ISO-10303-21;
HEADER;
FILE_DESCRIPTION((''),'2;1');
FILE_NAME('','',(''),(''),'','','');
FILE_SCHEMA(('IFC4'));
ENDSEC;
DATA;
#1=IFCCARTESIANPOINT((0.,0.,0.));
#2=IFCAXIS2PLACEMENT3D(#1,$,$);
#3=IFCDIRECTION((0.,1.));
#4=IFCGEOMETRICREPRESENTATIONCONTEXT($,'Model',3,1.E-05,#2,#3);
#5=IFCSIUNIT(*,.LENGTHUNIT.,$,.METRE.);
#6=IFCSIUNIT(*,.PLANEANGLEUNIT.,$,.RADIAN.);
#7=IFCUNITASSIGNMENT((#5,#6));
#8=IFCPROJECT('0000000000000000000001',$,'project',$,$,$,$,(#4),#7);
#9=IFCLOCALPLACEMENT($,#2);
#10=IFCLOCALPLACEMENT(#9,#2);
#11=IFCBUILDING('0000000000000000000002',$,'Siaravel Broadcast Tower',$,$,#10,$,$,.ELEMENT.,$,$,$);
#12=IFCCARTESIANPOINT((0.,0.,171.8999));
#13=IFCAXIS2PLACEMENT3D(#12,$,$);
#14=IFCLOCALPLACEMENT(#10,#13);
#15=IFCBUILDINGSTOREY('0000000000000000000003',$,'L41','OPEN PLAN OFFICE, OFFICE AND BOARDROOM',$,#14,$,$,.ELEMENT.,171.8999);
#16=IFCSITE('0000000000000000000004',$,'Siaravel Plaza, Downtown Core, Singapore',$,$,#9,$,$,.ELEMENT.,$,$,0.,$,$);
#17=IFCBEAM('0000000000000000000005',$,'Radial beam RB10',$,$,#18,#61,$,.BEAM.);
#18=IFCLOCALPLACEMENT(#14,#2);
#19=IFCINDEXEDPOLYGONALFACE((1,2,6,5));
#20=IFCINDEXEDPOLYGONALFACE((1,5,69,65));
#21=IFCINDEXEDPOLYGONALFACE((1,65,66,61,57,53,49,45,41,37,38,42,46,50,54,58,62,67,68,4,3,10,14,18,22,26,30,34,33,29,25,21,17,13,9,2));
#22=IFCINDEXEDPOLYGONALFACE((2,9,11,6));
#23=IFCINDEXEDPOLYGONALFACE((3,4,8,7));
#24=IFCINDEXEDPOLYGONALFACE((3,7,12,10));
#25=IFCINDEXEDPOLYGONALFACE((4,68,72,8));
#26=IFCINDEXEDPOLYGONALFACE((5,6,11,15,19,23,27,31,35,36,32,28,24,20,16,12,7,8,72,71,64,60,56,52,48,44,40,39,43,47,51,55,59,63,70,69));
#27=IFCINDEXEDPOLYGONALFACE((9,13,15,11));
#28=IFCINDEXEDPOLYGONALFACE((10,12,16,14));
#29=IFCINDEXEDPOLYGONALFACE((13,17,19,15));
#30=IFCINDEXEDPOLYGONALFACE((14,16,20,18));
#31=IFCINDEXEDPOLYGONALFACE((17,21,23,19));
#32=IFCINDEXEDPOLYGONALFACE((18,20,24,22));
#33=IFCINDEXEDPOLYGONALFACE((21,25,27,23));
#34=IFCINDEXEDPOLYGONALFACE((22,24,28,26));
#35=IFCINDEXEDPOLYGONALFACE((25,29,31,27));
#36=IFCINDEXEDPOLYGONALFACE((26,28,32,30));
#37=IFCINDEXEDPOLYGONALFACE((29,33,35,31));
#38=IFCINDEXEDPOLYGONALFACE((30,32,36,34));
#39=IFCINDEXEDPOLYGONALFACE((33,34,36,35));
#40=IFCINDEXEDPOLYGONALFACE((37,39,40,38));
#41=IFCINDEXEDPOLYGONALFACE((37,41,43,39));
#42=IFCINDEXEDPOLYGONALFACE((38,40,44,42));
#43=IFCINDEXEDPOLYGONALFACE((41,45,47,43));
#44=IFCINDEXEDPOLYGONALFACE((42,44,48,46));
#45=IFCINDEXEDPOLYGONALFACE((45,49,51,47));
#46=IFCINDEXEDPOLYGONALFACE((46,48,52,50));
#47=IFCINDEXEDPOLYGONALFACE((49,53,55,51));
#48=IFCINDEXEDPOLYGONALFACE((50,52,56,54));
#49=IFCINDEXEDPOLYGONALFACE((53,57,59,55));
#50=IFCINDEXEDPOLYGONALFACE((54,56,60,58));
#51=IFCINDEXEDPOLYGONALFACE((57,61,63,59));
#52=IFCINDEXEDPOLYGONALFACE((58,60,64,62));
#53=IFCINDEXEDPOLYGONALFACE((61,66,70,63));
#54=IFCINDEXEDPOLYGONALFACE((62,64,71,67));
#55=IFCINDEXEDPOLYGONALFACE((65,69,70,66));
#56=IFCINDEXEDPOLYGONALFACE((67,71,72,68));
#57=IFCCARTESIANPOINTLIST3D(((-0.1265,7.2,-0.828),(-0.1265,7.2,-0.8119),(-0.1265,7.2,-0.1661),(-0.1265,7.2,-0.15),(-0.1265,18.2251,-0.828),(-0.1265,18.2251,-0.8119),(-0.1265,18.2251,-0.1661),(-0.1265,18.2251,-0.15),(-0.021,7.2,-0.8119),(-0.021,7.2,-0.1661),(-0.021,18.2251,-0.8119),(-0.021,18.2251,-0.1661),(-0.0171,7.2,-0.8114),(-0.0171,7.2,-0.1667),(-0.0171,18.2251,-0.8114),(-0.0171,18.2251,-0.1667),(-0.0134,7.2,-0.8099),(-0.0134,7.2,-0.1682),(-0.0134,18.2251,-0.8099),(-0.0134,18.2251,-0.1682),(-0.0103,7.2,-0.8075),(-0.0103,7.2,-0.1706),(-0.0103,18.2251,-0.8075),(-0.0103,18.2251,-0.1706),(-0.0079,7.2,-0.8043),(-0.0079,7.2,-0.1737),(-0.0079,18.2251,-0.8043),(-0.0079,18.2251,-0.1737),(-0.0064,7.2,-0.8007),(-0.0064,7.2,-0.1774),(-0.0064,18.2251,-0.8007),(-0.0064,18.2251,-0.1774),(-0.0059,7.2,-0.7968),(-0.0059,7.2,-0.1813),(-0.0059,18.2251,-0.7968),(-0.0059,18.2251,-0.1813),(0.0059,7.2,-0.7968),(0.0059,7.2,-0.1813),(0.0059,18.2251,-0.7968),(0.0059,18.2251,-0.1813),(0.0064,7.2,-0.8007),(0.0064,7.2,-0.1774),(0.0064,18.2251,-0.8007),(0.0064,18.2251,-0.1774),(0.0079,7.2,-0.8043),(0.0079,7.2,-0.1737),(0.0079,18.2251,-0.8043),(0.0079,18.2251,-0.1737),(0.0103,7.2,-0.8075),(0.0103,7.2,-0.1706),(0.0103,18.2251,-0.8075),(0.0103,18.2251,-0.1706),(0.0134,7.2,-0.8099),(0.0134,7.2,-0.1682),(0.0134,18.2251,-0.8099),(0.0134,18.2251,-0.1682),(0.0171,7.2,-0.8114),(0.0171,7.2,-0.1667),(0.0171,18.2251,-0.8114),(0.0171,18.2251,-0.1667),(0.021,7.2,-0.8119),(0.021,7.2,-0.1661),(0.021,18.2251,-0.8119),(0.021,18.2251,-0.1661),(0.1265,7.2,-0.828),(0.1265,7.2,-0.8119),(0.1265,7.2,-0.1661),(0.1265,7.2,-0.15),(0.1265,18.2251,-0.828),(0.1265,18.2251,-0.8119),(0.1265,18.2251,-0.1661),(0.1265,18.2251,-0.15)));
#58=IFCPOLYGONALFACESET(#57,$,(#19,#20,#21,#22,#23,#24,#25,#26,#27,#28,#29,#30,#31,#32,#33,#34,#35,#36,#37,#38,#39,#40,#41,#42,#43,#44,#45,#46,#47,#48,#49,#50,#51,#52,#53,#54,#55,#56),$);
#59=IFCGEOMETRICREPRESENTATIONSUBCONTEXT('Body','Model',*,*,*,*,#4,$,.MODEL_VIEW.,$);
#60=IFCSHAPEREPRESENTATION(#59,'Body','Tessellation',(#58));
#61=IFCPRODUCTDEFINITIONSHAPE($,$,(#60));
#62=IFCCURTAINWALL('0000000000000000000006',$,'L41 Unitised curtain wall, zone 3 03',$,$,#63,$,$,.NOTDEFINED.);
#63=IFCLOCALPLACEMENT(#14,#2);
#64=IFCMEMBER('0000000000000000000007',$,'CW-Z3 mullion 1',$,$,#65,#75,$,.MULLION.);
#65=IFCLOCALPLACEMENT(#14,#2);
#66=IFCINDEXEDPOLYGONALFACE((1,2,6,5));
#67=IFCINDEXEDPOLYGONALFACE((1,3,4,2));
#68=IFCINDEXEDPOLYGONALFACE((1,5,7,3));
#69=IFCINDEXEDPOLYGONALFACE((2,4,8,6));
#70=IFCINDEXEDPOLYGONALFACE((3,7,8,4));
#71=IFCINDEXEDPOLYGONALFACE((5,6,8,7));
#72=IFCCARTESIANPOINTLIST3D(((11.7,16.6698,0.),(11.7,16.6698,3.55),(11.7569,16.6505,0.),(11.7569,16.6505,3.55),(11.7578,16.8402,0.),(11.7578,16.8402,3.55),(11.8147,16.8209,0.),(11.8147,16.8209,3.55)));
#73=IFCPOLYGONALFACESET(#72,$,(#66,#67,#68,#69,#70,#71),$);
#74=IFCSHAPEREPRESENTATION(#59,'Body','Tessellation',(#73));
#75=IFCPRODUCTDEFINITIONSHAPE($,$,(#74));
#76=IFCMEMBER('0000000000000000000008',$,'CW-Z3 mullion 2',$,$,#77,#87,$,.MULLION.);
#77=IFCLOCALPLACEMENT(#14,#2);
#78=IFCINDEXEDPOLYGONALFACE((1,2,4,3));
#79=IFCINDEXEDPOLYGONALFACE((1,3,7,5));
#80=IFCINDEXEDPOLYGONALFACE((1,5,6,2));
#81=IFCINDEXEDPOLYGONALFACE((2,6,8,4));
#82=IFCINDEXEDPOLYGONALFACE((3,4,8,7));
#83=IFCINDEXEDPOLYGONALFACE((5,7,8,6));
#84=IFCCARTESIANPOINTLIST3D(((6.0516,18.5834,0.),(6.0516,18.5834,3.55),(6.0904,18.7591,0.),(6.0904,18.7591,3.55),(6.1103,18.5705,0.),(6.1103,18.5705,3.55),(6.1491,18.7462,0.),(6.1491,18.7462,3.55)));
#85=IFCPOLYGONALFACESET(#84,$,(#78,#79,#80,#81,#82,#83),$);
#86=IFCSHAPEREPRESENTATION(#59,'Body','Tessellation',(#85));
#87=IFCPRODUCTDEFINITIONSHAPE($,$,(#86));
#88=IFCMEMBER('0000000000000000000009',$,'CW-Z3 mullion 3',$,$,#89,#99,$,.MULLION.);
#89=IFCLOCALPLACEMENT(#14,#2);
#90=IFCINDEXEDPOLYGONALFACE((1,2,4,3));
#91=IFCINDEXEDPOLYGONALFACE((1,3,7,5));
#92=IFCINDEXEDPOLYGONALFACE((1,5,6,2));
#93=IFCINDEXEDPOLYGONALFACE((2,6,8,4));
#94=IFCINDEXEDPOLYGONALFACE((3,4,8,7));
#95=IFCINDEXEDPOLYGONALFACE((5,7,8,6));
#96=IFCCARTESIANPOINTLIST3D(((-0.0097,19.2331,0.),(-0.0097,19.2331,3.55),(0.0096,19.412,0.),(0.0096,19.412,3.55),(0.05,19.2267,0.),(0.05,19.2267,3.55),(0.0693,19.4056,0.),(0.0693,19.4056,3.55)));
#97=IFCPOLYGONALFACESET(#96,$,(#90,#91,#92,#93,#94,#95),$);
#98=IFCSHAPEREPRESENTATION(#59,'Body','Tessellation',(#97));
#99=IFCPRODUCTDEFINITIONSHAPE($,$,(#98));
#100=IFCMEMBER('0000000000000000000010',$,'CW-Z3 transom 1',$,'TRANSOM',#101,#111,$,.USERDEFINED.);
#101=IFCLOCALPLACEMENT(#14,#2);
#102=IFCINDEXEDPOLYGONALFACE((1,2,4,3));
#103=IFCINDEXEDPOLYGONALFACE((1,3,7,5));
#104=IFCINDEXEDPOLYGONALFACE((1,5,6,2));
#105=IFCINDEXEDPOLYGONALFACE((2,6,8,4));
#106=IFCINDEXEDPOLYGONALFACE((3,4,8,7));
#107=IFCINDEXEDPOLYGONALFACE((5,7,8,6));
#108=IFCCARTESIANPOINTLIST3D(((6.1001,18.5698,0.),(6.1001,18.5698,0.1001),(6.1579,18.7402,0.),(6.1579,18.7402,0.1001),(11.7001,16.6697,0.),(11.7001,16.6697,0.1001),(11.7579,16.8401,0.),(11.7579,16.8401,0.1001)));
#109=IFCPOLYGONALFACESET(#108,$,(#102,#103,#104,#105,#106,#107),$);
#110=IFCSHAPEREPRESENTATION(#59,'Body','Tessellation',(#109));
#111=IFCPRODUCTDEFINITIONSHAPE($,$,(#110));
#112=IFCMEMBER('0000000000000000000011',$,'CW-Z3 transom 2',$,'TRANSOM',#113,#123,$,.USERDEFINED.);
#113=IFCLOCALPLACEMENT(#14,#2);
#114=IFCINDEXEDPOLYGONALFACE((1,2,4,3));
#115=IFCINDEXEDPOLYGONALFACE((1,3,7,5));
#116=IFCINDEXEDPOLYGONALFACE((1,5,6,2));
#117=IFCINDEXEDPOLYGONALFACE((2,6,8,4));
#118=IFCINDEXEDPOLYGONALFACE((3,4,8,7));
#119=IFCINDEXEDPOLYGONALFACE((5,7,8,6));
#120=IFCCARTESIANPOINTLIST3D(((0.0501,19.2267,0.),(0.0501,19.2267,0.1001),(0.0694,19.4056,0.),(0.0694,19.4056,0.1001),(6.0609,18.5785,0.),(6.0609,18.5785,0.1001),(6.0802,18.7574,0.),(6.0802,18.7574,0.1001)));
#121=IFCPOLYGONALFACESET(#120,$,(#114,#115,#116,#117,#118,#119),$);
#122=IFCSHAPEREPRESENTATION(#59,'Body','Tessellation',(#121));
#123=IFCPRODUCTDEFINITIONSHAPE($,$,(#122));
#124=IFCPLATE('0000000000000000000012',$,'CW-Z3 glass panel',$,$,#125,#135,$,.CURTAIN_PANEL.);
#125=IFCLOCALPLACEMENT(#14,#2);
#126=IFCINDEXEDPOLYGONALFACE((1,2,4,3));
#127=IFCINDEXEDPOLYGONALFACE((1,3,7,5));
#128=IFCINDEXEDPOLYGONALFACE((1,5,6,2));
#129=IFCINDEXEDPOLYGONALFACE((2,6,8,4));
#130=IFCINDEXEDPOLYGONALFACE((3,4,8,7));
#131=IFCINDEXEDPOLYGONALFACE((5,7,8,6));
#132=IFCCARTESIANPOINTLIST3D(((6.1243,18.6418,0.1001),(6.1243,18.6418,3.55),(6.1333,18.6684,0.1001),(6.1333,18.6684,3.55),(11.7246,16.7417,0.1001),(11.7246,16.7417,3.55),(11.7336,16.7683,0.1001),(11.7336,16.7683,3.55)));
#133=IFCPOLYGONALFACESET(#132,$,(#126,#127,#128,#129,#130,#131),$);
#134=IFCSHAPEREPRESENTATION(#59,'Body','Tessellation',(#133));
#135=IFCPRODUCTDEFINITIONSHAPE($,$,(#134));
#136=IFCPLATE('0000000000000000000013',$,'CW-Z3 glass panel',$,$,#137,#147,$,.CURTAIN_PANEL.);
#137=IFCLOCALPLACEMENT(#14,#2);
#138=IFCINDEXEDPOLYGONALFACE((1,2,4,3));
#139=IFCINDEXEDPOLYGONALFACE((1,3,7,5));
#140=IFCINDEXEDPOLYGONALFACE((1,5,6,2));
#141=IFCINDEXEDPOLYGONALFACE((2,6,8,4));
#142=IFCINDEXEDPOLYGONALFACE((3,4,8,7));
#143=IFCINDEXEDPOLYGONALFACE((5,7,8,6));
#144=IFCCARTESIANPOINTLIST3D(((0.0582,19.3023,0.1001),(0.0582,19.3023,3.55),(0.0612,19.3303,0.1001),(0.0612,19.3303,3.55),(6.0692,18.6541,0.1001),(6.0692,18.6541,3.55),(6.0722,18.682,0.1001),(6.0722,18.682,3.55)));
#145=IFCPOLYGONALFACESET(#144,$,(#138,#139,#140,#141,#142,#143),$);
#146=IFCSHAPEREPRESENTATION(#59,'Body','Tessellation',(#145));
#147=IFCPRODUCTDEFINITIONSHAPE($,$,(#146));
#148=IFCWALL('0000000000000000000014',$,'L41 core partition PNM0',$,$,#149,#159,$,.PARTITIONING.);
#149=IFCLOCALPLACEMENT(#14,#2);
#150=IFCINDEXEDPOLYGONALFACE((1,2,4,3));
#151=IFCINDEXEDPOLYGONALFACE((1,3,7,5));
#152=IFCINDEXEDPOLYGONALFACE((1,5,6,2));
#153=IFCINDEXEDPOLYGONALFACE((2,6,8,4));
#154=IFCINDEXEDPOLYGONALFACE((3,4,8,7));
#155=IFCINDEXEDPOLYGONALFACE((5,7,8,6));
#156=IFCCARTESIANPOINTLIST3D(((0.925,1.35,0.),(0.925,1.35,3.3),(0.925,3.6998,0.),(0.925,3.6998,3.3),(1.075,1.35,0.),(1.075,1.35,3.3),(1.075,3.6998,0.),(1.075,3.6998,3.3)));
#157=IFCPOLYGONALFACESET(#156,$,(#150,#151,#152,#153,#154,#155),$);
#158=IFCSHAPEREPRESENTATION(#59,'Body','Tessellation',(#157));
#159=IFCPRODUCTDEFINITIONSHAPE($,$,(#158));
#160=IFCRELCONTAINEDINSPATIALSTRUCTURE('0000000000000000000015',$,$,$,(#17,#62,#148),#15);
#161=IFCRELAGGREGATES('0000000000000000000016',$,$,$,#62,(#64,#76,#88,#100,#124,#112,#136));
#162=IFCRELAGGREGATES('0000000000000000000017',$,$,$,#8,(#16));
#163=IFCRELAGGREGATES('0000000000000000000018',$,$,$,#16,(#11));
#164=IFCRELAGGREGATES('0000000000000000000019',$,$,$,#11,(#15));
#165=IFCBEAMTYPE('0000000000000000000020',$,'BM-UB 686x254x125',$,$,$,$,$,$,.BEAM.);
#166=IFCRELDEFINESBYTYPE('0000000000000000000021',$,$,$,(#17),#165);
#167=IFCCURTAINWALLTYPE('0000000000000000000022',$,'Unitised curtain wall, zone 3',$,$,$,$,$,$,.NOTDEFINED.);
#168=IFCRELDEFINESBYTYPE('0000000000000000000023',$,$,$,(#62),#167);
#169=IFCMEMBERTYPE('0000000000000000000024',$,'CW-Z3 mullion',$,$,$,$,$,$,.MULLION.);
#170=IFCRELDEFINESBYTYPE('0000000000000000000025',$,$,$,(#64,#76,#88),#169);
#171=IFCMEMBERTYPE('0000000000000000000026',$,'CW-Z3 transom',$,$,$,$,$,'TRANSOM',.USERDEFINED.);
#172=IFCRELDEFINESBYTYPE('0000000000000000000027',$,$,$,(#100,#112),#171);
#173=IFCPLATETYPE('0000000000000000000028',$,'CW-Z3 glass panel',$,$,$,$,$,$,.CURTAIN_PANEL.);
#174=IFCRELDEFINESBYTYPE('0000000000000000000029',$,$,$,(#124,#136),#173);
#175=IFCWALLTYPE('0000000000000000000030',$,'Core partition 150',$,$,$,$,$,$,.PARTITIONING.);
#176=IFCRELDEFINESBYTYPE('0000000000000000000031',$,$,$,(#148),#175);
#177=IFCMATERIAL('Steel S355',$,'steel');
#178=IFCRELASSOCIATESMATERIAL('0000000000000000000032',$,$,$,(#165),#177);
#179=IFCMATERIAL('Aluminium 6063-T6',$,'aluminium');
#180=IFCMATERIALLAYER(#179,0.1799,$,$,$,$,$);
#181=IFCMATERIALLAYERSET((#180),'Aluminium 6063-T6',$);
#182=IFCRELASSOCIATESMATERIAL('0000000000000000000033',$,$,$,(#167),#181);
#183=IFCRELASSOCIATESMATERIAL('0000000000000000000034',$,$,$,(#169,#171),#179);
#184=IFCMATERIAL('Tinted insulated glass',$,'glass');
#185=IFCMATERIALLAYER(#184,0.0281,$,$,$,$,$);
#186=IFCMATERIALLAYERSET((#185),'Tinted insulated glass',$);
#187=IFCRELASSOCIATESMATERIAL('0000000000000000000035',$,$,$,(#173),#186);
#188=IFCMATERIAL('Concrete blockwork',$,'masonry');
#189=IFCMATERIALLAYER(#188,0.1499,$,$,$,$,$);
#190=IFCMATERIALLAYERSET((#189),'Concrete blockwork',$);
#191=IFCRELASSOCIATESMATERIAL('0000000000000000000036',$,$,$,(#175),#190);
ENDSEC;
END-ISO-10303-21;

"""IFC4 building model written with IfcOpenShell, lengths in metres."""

from ifc_helpers import new_model, si_unit, direction, frame, frame_2d, origin, origin_2d, place, context, subcontext, project, spatial, rectangle, i_section, extrude, material, layer, layer_set, material_profile, profile_set, type_object, element, aggregate, save


model = new_model("IFC4")

# Units and contexts
model_context = context("Model", 3, precision=1e-05, world=origin(), true_north=direction((0.0, 1.0)))
body_context = subcontext(model_context, "Body", "Model", "MODEL_VIEW")
ifc_project = project(units=[si_unit("LENGTHUNIT", "METRE"), si_unit("PLANEANGLEUNIT", "RADIAN")], contexts=[model_context])

# Site, building, storey
site_placement = place(None, origin())
site = spatial("IfcSite", under=ifc_project, at=site_placement, Name="Siaravel Plaza, Downtown Core, Singapore", CompositionType="ELEMENT", RefElevation=0.0)
building_placement = place(site_placement, origin())
building = spatial("IfcBuilding", under=site, at=building_placement, Name="Siaravel Broadcast Tower", CompositionType="ELEMENT")
storey_placement = place(building_placement, frame((0.0, 0.0, 171.8999)))
storey = spatial("IfcBuildingStorey", under=building, at=storey_placement, Name="L41", Description="OPEN PLAN OFFICE, OFFICE AND BOARDROOM", CompositionType="ELEMENT", Elevation=171.8999)

# Beam
ifc_material_1 = material(Name="Steel S355", Category="steel")
ifc_material_profile_1 = material_profile(ifc_material_1, i_section(OverallWidth=0.2529, OverallDepth=0.678, WebThickness=0.0117, FlangeThickness=0.0161, FilletRadius=0.0151, at=origin_2d()))
ifc_profile_set_1 = profile_set([ifc_material_profile_1], Name="Steel S355")
beam_type = type_object("IfcBeamType", Name="BM-UB 686x254x125", PredefinedType="BEAM", material=ifc_profile_set_1)
beam_1_placement = place(storey_placement, frame((0.0, 18.2251, -0.489), z_axis=(0.0, -1.0, 0.0), x_axis=(1.0, 0.0, 0.0)))
element("IfcBeam", 1, at=beam_1_placement, inside=storey, type_object=beam_type, Name="Radial beam RB10", PredefinedType="BEAM", context=body_context, shape_type="SweptSolid", body=[
    extrude(i_section(OverallWidth=0.2529, OverallDepth=0.678, WebThickness=0.0117, FlangeThickness=0.0161, FilletRadius=0.0151, at=origin_2d()), origin(), (0.0, 0.0, 1.0), 11.0251),
])

# Curtain wall, members, plates
ifc_material_2 = material(Name="Aluminium 6063-T6", Category="aluminium")
ifc_layer_1 = layer(ifc_material_2, 0.1799)
ifc_layer_set_1 = layer_set([ifc_layer_1], Name="Aluminium 6063-T6")
curtain_wall_type = type_object("IfcCurtainWallType", Name="Unitised curtain wall, zone 3", PredefinedType="NOTDEFINED", material=ifc_layer_set_1)
curtain_wall_placement = place(storey_placement, origin())
curtain_wall = element("IfcCurtainWall", 2, at=curtain_wall_placement, inside=storey, type_object=curtain_wall_type, Name="L41 Unitised curtain wall, zone 3 03", PredefinedType="NOTDEFINED")
ifc_material_profile_2 = material_profile(ifc_material_2, rectangle(XDim=0.1799, YDim=0.0601, at=origin_2d()))
ifc_profile_set_2 = profile_set([ifc_material_profile_2], Name="Aluminium 6063-T6")
member_type_1 = type_object("IfcMemberType", Name="CW-Z3 mullion", PredefinedType="MULLION", material=ifc_profile_set_2)
member_1_placement = place(storey_placement, frame((11.7573, 16.7454, 0.0), z_axis=(0.0, 0.0, 1.0), x_axis=(-0.3213, -0.946977, 0.0)))
member_1 = element("IfcMember", 3, at=member_1_placement, type_object=member_type_1, Name="CW-Z3 mullion 1", PredefinedType="MULLION", context=body_context, shape_type="SweptSolid", body=[
    extrude(rectangle(XDim=0.1799, YDim=0.0601, at=origin_2d()), origin(), (0.0, 0.0, 1.0), 3.55),
])
member_2_placement = place(storey_placement, frame((6.1003, 18.6648, 0.0), z_axis=(0.0, 0.0, 1.0), x_axis=(-0.215558, -0.976491, 0.0)))
member_2 = element("IfcMember", 4, at=member_2_placement, type_object=member_type_1, Name="CW-Z3 mullion 2", PredefinedType="MULLION", context=body_context, shape_type="SweptSolid", body=[
    extrude(rectangle(XDim=0.1799, YDim=0.0601, at=origin_2d()), origin(), (0.0, 0.0, 1.0), 3.55),
])
member_3_placement = place(storey_placement, frame((0.0298, 19.3193, 0.0), z_axis=(0.0, 0.0, 1.0), x_axis=(-0.107217, -0.994236, 0.0)))
member_3 = element("IfcMember", 5, at=member_3_placement, type_object=member_type_1, Name="CW-Z3 mullion 3", PredefinedType="MULLION", context=body_context, shape_type="SweptSolid", body=[
    extrude(rectangle(XDim=0.1799, YDim=0.0601, at=origin_2d()), origin(), (0.0, 0.0, 1.0), 3.55),
])
ifc_material_profile_3 = material_profile(ifc_material_2, rectangle(XDim=0.1799, YDim=0.1001, at=origin_2d()))
ifc_profile_set_3 = profile_set([ifc_material_profile_3], Name="Aluminium 6063-T6")
member_type_2 = type_object("IfcMemberType", Name="CW-Z3 transom", ElementType="TRANSOM", PredefinedType="USERDEFINED", material=ifc_profile_set_3)
member_4_placement = place(storey_placement, frame((11.729, 16.7549, 0.05), z_axis=(-0.946973, 0.321314, 0.0), x_axis=(-0.321314, -0.946973, 0.0)))
member_4 = element("IfcMember", 6, at=member_4_placement, type_object=member_type_2, Name="CW-Z3 transom 1", ObjectType="TRANSOM", PredefinedType="USERDEFINED", context=body_context, shape_type="SweptSolid", body=[
    extrude(rectangle(XDim=0.1799, YDim=0.1001, at=origin_2d()), origin(), (0.0, 0.0, 1.0), 5.9136),
])
member_5_placement = place(storey_placement, frame((6.0706, 18.668, 0.05), z_axis=(-0.994236, 0.107218, 0.0), x_axis=(-0.107218, -0.994236, 0.0)))
member_5 = element("IfcMember", 7, at=member_5_placement, type_object=member_type_2, Name="CW-Z3 transom 2", ObjectType="TRANSOM", PredefinedType="USERDEFINED", context=body_context, shape_type="SweptSolid", body=[
    extrude(rectangle(XDim=0.1799, YDim=0.1001, at=origin_2d()), origin(), (0.0, 0.0, 1.0), 6.0457),
])
ifc_material_3 = material(Name="Tinted insulated glass", Category="glass")
ifc_layer_2 = layer(ifc_material_3, 0.0281)
ifc_layer_set_2 = layer_set([ifc_layer_2], Name="Tinted insulated glass")
plate_type = type_object("IfcPlateType", Name="CW-Z3 glass panel", PredefinedType="CURTAIN_PANEL", material=ifc_layer_set_2)
plate_1_placement = place(storey_placement, frame((8.929, 17.7051, 0.1001), z_axis=(0.0, 0.0, 1.0), x_axis=(-0.946977, 0.3213, 0.0)))
plate_1 = element("IfcPlate", 8, at=plate_1_placement, type_object=plate_type, Name="CW-Z3 glass panel", PredefinedType="CURTAIN_PANEL", context=body_context, shape_type="SweptSolid", body=[
    extrude(rectangle(XDim=5.9138, YDim=0.0281, at=origin_2d()), origin(), (0.0, 0.0, 1.0), 3.45),
])
plate_2_placement = place(storey_placement, frame((3.0652, 18.9922, 0.1001), z_axis=(0.0, 0.0, 1.0), x_axis=(-0.994236, 0.107217, 0.0)))
plate_2 = element("IfcPlate", 9, at=plate_2_placement, type_object=plate_type, Name="CW-Z3 glass panel", PredefinedType="CURTAIN_PANEL", context=body_context, shape_type="SweptSolid", body=[
    extrude(rectangle(XDim=6.0459, YDim=0.0281, at=origin_2d()), origin(), (0.0, 0.0, 1.0), 3.45),
])
aggregate(curtain_wall, [member_1, member_2, member_3, member_4, plate_1, member_5, plate_2])

# Wall
ifc_material_4 = material(Name="Concrete blockwork", Category="masonry")
ifc_layer_3 = layer(ifc_material_4, 0.1499)
ifc_layer_set_3 = layer_set([ifc_layer_3], Name="Concrete blockwork")
wall_type_1 = type_object("IfcWallType", Name="Core partition 150", PredefinedType="PARTITIONING", material=ifc_layer_set_3)
wall_1_placement = place(storey_placement, frame((1.0, 1.3501, 0.0), z_axis=(0.0, 0.0, 1.0), x_axis=(0.0, 1.0, 0.0)))
element("IfcWall", 10, at=wall_1_placement, inside=storey, type_object=wall_type_1, Name="L41 core partition PNM0", PredefinedType="PARTITIONING", context=body_context, shape_type="SweptSolid", body=[
    extrude(rectangle(XDim=2.3499, YDim=0.1499, at=frame_2d((1.1748, 0.0))), origin(), (0.0, 0.0, 1.0), 3.3),
])

save(model, "model.ifc")
